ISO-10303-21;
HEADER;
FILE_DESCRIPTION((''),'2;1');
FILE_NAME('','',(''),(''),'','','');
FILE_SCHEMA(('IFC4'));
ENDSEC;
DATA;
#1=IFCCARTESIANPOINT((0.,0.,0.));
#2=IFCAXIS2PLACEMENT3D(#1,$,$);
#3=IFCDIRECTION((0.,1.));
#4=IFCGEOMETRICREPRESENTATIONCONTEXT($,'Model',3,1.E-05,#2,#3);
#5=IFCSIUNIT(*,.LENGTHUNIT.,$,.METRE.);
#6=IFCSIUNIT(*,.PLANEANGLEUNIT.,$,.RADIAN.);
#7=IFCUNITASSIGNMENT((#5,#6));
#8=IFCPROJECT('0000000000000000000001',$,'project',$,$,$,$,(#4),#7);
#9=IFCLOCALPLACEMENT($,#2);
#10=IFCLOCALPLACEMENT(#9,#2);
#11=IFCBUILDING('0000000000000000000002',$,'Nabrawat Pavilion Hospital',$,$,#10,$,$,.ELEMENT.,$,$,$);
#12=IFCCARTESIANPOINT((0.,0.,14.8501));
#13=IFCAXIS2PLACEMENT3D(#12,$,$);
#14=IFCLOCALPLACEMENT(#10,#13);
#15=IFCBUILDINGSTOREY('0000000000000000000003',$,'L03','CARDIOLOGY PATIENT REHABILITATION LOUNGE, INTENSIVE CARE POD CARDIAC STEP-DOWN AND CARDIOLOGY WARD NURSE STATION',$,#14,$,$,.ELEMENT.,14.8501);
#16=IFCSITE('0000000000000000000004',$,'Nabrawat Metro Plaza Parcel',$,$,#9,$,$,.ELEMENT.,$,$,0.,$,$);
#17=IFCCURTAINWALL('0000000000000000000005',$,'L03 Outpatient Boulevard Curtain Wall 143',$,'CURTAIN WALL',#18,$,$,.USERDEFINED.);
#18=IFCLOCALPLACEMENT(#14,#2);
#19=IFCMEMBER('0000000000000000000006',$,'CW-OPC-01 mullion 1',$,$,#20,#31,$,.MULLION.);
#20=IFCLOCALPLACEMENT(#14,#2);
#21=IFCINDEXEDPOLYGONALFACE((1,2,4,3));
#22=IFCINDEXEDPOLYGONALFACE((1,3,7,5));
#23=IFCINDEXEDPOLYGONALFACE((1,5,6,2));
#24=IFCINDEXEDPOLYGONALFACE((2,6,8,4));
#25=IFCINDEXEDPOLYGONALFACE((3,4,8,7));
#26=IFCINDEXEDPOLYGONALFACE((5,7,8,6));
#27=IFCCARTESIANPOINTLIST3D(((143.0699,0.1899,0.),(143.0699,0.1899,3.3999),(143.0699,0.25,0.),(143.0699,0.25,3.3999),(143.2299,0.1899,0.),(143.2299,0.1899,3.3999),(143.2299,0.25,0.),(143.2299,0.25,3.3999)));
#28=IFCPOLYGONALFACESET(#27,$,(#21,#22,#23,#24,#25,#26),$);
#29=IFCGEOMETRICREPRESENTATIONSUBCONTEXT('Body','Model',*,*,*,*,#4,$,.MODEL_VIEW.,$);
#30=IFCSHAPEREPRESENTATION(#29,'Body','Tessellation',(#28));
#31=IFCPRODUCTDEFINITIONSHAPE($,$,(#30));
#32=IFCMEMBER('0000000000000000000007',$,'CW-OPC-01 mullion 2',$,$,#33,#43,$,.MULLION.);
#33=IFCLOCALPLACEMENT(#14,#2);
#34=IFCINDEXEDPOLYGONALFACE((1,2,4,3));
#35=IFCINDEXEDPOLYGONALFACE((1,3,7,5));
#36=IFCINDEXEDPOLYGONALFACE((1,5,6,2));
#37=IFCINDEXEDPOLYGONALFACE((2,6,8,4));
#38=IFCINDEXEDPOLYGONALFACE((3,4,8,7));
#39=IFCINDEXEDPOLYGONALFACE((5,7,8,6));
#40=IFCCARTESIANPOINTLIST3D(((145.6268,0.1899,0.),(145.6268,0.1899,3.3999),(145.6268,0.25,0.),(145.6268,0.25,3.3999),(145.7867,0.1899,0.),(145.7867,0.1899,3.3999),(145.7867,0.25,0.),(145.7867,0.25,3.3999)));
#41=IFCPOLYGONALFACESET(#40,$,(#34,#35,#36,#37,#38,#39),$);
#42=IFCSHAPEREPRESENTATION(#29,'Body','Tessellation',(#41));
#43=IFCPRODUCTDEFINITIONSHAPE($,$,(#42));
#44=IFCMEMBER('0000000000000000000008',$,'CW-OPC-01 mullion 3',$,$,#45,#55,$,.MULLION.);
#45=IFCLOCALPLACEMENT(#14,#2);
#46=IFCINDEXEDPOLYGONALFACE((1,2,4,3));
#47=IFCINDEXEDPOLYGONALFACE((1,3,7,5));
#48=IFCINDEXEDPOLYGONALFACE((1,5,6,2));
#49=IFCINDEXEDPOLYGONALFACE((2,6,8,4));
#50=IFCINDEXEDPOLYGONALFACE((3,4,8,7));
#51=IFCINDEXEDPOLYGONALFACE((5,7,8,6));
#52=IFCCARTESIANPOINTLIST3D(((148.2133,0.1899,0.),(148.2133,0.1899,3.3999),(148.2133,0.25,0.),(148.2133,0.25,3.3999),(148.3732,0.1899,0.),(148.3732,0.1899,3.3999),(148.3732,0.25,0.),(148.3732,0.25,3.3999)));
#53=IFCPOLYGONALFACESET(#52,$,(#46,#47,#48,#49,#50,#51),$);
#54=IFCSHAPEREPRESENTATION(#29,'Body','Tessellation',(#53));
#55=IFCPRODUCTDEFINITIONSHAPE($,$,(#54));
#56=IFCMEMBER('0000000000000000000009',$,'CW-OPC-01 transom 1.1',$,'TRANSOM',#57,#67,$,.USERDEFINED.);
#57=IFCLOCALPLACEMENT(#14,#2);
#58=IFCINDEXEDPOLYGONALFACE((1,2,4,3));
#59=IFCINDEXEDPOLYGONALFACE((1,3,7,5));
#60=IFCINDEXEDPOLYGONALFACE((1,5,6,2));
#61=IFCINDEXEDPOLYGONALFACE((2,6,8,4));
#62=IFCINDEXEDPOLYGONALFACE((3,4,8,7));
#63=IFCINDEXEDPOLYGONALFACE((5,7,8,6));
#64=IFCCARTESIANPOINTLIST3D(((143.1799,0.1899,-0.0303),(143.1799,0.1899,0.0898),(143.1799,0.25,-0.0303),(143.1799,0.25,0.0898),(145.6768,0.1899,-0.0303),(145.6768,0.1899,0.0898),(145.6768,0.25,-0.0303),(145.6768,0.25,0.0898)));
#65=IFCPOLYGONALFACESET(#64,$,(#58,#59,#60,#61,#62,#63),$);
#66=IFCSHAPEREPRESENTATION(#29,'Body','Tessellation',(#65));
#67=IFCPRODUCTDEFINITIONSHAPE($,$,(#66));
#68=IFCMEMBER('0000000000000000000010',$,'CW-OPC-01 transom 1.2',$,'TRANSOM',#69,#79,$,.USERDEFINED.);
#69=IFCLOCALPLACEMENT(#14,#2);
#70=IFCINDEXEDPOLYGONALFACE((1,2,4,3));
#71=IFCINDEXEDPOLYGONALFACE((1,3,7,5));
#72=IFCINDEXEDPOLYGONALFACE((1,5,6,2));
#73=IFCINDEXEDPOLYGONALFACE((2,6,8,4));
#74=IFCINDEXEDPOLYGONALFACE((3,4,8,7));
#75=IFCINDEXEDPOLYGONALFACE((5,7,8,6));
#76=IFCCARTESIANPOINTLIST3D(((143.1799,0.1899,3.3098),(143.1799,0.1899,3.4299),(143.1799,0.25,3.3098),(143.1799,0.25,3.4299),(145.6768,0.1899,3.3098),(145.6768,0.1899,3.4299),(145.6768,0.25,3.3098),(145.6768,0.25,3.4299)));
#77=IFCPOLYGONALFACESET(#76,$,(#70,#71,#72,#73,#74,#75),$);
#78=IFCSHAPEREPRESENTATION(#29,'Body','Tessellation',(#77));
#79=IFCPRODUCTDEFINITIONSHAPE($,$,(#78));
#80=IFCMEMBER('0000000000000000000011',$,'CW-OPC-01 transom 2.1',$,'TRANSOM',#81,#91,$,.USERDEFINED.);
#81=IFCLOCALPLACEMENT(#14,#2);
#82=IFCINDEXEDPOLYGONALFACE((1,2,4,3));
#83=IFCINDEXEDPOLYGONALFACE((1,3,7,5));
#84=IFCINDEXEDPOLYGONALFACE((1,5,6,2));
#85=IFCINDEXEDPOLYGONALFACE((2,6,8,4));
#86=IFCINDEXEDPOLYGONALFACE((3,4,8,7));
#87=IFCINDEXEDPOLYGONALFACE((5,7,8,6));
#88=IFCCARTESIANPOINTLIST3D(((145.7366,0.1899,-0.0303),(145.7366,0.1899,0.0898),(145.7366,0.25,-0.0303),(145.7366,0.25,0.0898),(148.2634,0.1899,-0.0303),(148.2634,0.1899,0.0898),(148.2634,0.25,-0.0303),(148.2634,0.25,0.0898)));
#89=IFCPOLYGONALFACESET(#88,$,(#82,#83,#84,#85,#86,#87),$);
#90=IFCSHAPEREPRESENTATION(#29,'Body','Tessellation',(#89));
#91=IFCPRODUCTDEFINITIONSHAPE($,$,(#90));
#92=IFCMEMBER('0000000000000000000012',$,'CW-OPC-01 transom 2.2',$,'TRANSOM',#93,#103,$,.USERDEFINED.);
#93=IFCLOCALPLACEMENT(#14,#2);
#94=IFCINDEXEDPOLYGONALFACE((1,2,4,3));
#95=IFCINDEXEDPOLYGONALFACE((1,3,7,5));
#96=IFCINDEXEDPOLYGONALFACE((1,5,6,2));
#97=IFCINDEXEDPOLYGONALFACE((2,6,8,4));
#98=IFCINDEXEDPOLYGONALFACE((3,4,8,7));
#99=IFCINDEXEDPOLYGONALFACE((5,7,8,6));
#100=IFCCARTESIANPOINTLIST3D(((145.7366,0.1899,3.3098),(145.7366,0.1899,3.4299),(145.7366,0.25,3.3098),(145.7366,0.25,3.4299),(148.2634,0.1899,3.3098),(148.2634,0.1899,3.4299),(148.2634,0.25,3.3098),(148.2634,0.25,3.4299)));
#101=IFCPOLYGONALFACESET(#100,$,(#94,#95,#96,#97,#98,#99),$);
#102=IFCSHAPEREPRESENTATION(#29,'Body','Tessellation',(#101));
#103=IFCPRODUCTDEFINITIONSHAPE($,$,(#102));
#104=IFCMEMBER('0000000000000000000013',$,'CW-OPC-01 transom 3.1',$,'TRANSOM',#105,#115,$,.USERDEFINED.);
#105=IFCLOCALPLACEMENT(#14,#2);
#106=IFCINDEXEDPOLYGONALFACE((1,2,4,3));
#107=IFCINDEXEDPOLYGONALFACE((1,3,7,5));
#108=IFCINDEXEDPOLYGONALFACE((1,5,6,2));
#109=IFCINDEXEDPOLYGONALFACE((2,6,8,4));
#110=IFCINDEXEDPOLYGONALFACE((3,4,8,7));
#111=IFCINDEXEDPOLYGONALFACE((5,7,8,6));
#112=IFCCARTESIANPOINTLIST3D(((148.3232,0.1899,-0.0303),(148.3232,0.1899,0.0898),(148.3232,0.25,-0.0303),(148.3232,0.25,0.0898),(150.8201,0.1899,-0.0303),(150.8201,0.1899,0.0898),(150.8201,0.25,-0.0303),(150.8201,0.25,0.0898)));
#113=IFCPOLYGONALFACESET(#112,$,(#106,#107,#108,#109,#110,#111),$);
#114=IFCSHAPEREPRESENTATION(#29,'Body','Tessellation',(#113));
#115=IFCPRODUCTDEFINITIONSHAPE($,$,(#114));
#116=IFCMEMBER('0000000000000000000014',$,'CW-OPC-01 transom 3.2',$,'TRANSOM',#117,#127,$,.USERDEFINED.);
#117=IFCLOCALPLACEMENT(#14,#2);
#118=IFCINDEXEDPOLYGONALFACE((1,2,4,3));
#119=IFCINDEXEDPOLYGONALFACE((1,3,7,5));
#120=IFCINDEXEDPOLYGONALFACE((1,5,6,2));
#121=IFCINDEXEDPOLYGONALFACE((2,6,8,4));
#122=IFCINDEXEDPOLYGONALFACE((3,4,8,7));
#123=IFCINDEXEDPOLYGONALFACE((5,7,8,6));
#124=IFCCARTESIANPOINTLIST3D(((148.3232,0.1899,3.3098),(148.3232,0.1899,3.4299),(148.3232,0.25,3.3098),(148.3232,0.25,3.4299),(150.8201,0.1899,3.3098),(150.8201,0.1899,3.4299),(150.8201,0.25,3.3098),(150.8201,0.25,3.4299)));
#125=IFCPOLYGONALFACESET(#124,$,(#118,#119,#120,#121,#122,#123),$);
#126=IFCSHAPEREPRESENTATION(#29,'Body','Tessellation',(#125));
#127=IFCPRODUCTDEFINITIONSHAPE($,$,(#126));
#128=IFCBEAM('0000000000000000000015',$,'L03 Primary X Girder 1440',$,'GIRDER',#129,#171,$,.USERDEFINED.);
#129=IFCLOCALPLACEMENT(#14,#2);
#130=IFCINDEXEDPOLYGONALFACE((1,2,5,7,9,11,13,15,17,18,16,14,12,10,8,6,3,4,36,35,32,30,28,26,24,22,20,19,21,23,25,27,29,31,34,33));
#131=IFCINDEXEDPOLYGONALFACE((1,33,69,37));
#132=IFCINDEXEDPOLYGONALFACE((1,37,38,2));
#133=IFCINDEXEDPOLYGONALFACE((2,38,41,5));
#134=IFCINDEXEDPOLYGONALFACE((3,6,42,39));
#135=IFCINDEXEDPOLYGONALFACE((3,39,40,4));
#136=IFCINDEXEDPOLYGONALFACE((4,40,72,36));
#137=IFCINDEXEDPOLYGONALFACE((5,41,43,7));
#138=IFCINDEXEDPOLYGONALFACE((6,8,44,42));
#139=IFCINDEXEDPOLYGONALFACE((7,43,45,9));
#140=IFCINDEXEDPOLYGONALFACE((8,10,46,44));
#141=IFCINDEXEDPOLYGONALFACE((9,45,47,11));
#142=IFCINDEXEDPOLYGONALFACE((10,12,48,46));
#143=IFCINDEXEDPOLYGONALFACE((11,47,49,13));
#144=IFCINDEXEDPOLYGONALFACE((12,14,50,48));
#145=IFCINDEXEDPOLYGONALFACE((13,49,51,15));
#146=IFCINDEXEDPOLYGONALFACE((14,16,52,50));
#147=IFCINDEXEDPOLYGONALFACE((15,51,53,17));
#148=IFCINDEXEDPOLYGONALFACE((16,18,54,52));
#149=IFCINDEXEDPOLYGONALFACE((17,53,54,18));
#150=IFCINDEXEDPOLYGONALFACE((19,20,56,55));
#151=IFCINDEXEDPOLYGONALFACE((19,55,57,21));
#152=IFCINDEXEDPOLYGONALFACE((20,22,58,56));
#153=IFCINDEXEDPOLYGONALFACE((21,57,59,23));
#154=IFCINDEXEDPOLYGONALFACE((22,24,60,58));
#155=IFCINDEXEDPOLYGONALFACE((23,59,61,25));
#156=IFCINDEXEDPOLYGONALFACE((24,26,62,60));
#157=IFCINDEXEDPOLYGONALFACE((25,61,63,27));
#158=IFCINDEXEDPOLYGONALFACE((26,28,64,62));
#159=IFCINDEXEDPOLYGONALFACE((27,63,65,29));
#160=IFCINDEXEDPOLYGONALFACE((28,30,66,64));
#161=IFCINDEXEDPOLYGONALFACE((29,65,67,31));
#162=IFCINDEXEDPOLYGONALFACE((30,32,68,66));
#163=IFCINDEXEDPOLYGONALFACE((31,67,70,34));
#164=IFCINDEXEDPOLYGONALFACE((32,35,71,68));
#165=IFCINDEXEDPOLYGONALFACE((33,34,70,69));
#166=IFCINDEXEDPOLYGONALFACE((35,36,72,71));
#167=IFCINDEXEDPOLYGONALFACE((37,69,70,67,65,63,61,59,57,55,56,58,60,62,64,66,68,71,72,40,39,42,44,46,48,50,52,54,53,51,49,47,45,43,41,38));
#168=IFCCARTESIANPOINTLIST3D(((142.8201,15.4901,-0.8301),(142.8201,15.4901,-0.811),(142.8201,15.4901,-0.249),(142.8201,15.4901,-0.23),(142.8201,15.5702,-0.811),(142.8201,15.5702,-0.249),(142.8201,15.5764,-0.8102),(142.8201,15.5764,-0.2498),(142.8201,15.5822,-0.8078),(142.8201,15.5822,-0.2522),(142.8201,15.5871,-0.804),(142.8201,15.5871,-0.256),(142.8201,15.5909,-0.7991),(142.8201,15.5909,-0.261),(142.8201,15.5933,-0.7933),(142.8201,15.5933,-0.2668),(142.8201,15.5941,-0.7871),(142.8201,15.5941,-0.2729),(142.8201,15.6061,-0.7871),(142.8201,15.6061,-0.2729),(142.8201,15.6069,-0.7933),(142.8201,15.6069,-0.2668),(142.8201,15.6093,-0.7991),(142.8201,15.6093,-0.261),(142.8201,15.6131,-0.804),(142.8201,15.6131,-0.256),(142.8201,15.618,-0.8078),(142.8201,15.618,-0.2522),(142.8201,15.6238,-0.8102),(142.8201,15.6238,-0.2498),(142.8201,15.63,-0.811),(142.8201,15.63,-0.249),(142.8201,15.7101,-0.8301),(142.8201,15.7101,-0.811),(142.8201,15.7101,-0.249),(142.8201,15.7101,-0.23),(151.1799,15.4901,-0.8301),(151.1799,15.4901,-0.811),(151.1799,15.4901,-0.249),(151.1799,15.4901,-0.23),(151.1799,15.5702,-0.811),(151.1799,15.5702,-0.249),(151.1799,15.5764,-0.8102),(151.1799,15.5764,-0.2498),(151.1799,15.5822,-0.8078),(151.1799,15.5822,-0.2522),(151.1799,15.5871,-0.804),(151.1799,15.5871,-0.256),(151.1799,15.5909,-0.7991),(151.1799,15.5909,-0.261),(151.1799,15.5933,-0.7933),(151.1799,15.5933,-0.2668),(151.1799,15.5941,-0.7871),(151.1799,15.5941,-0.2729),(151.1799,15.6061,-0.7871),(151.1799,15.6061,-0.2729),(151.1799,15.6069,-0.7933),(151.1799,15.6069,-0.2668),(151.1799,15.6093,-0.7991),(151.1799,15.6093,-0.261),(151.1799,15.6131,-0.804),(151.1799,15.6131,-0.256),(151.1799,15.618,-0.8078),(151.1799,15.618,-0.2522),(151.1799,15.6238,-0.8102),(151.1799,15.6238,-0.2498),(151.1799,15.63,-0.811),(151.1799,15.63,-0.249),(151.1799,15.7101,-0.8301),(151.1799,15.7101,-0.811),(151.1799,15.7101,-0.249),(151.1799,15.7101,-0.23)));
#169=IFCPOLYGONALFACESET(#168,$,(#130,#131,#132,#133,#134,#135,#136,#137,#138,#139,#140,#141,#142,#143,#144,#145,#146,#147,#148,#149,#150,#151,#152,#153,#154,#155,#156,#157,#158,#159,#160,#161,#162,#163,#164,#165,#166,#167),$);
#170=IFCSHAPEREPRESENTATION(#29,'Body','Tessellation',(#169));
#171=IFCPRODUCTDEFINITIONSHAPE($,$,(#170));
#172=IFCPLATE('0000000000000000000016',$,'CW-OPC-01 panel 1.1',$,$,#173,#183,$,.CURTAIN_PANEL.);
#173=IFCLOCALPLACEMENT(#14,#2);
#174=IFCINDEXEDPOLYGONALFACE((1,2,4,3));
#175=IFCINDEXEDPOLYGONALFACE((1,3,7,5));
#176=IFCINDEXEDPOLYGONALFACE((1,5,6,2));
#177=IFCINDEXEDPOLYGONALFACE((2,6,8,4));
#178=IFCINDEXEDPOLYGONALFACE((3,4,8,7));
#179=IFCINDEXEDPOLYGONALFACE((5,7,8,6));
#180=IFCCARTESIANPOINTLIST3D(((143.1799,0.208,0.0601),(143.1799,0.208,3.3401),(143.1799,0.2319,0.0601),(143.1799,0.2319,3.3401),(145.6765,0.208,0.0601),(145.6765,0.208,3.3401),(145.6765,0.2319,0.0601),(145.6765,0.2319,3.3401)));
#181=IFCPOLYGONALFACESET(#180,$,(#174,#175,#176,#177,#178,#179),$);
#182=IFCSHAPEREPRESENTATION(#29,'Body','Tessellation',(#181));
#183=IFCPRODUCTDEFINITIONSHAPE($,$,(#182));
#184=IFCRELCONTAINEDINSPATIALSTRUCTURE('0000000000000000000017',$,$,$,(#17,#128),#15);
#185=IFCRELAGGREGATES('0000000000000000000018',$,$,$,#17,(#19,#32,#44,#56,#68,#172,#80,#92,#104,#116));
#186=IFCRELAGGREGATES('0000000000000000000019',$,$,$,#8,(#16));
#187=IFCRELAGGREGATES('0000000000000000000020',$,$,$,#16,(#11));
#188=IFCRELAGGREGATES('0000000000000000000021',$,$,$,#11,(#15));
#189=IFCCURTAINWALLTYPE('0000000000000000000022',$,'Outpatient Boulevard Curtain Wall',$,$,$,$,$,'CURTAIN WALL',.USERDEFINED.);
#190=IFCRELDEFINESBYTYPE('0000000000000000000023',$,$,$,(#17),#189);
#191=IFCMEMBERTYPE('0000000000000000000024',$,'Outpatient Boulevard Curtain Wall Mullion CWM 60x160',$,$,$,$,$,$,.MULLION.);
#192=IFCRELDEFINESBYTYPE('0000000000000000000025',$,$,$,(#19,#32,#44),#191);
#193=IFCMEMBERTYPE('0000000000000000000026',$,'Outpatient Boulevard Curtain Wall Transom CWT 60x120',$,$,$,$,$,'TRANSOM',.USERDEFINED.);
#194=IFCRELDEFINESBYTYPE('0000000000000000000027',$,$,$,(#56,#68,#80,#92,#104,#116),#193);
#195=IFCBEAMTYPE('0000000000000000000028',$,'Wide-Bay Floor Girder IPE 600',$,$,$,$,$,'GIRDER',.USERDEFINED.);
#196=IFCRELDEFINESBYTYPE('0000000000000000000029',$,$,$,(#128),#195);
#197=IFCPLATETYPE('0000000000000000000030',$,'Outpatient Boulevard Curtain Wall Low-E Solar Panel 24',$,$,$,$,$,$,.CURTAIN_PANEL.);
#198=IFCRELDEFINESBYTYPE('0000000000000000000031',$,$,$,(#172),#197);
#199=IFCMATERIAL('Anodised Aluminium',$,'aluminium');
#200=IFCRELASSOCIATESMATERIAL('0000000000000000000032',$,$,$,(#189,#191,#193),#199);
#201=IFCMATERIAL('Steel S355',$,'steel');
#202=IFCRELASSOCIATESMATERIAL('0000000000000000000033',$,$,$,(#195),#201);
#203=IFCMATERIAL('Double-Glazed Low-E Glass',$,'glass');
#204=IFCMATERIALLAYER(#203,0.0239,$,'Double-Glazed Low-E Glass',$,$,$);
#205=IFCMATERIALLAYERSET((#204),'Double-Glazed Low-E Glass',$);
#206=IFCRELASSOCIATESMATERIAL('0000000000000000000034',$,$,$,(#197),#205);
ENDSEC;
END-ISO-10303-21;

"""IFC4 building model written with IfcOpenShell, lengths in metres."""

from ifc_helpers import new_model, si_unit, direction, frame, origin, origin_2d, place, context, subcontext, project, spatial, rectangle, i_section, extrude, material, layer, layer_set, material_profile, profile_set, type_object, element, aggregate, save


model = new_model("IFC4")

# Units and contexts
model_context = context("Model", 3, precision=1e-05, world=origin(), true_north=direction((0.0, 1.0)))
body_context = subcontext(model_context, "Body", "Model", "MODEL_VIEW")
ifc_project = project(units=[si_unit("LENGTHUNIT", "METRE"), si_unit("PLANEANGLEUNIT", "RADIAN")], contexts=[model_context])

# Site, building, storey
site_placement = place(None, origin())
site = spatial("IfcSite", under=ifc_project, at=site_placement, Name="Nabrawat Metro Plaza Parcel", CompositionType="ELEMENT", RefElevation=0.0)
building_placement = place(site_placement, origin())
building = spatial("IfcBuilding", under=site, at=building_placement, Name="Nabrawat Pavilion Hospital", CompositionType="ELEMENT")
storey_placement = place(building_placement, frame((0.0, 0.0, 14.8501)))
storey = spatial("IfcBuildingStorey", under=building, at=storey_placement, Name="L03", Description="CARDIOLOGY PATIENT REHABILITATION LOUNGE, INTENSIVE CARE POD CARDIAC STEP-DOWN AND CARDIOLOGY WARD NURSE STATION", CompositionType="ELEMENT", Elevation=14.8501)

# Curtain wall, members
ifc_material_1 = material(Name="Anodised Aluminium", Category="aluminium")
curtain_wall_type = type_object("IfcCurtainWallType", Name="Outpatient Boulevard Curtain Wall", ElementType="CURTAIN WALL", PredefinedType="USERDEFINED", material=ifc_material_1)
curtain_wall_placement = place(storey_placement, origin())
curtain_wall = element("IfcCurtainWall", 1, at=curtain_wall_placement, inside=storey, type_object=curtain_wall_type, Name="L03 Outpatient Boulevard Curtain Wall 143", ObjectType="CURTAIN WALL", PredefinedType="USERDEFINED")
ifc_material_profile_1 = material_profile(ifc_material_1, rectangle(XDim=0.0601, YDim=0.1599, at=origin_2d()), Name="CWM 60x160")
ifc_profile_set_1 = profile_set([ifc_material_profile_1], Name="Anodised Aluminium")
member_type_1 = type_object("IfcMemberType", Name="Outpatient Boulevard Curtain Wall Mullion CWM 60x160", PredefinedType="MULLION", material=ifc_profile_set_1)
member_1_placement = place(storey_placement, frame((143.1499, 0.22, 0.0), z_axis=(0.0, 0.0, 1.0), x_axis=(0.0, 1.0, 0.0)))
member_1 = element("IfcMember", 2, at=member_1_placement, type_object=member_type_1, Name="CW-OPC-01 mullion 1", PredefinedType="MULLION", context=body_context, shape_type="SweptSolid", body=[
    extrude(rectangle(XDim=0.0601, YDim=0.1599, at=origin_2d()), origin(), (0.0, 0.0, 1.0), 3.3999),
])
member_2_placement = place(storey_placement, frame((145.7068, 0.22, 0.0), z_axis=(0.0, 0.0, 1.0), x_axis=(0.0, 1.0, 0.0)))
member_2 = element("IfcMember", 3, at=member_2_placement, type_object=member_type_1, Name="CW-OPC-01 mullion 2", PredefinedType="MULLION", context=body_context, shape_type="SweptSolid", body=[
    extrude(rectangle(XDim=0.0601, YDim=0.1599, at=origin_2d()), origin(), (0.0, 0.0, 1.0), 3.3999),
])
member_3_placement = place(storey_placement, frame((148.2932, 0.22, 0.0), z_axis=(0.0, 0.0, 1.0), x_axis=(0.0, 1.0, 0.0)))
member_3 = element("IfcMember", 4, at=member_3_placement, type_object=member_type_1, Name="CW-OPC-01 mullion 3", PredefinedType="MULLION", context=body_context, shape_type="SweptSolid", body=[
    extrude(rectangle(XDim=0.0601, YDim=0.1599, at=origin_2d()), origin(), (0.0, 0.0, 1.0), 3.3999),
])
ifc_material_profile_2 = material_profile(ifc_material_1, rectangle(XDim=0.0601, YDim=0.1201, at=origin_2d()), Name="CWT 60x120")
ifc_profile_set_2 = profile_set([ifc_material_profile_2], Name="Anodised Aluminium")
member_type_2 = type_object("IfcMemberType", Name="Outpatient Boulevard Curtain Wall Transom CWT 60x120", ElementType="TRANSOM", PredefinedType="USERDEFINED", material=ifc_profile_set_2)
member_4_placement = place(storey_placement, frame((143.1799, 0.22, 0.0298), z_axis=(1.0, 0.0, 0.0), x_axis=(0.0, 1.0, 0.0)))
member_4 = element("IfcMember", 5, at=member_4_placement, type_object=member_type_2, Name="CW-OPC-01 transom 1.1", ObjectType="TRANSOM", PredefinedType="USERDEFINED", context=body_context, shape_type="SweptSolid", body=[
    extrude(rectangle(XDim=0.0601, YDim=0.1201, at=origin_2d()), origin(), (0.0, 0.0, 1.0), 2.4968),
])
member_5_placement = place(storey_placement, frame((143.1799, 0.22, 3.3699), z_axis=(1.0, 0.0, 0.0), x_axis=(0.0, 1.0, 0.0)))
member_5 = element("IfcMember", 6, at=member_5_placement, type_object=member_type_2, Name="CW-OPC-01 transom 1.2", ObjectType="TRANSOM", PredefinedType="USERDEFINED", context=body_context, shape_type="SweptSolid", body=[
    extrude(rectangle(XDim=0.0601, YDim=0.1201, at=origin_2d()), origin(), (0.0, 0.0, 1.0), 2.4968),
])
member_6_placement = place(storey_placement, frame((145.7366, 0.22, 0.0298), z_axis=(1.0, 0.0, 0.0), x_axis=(0.0, 1.0, 0.0)))
member_6 = element("IfcMember", 7, at=member_6_placement, type_object=member_type_2, Name="CW-OPC-01 transom 2.1", ObjectType="TRANSOM", PredefinedType="USERDEFINED", context=body_context, shape_type="SweptSolid", body=[
    extrude(rectangle(XDim=0.0601, YDim=0.1201, at=origin_2d()), origin(), (0.0, 0.0, 1.0), 2.5269),
])
member_7_placement = place(storey_placement, frame((145.7366, 0.22, 3.3699), z_axis=(1.0, 0.0, 0.0), x_axis=(0.0, 1.0, 0.0)))
member_7 = element("IfcMember", 8, at=member_7_placement, type_object=member_type_2, Name="CW-OPC-01 transom 2.2", ObjectType="TRANSOM", PredefinedType="USERDEFINED", context=body_context, shape_type="SweptSolid", body=[
    extrude(rectangle(XDim=0.0601, YDim=0.1201, at=origin_2d()), origin(), (0.0, 0.0, 1.0), 2.5269),
])
member_8_placement = place(storey_placement, frame((148.3232, 0.22, 0.0298), z_axis=(1.0, 0.0, 0.0), x_axis=(0.0, 1.0, 0.0)))
member_8 = element("IfcMember", 9, at=member_8_placement, type_object=member_type_2, Name="CW-OPC-01 transom 3.1", ObjectType="TRANSOM", PredefinedType="USERDEFINED", context=body_context, shape_type="SweptSolid", body=[
    extrude(rectangle(XDim=0.0601, YDim=0.1201, at=origin_2d()), origin(), (0.0, 0.0, 1.0), 2.4968),
])
member_9_placement = place(storey_placement, frame((148.3232, 0.22, 3.3699), z_axis=(1.0, 0.0, 0.0), x_axis=(0.0, 1.0, 0.0)))
member_9 = element("IfcMember", 10, at=member_9_placement, type_object=member_type_2, Name="CW-OPC-01 transom 3.2", ObjectType="TRANSOM", PredefinedType="USERDEFINED", context=body_context, shape_type="SweptSolid", body=[
    extrude(rectangle(XDim=0.0601, YDim=0.1201, at=origin_2d()), origin(), (0.0, 0.0, 1.0), 2.4968),
])

# Beam
ifc_material_2 = material(Name="Steel S355", Category="steel")
ifc_material_profile_3 = material_profile(ifc_material_2, i_section(OverallWidth=0.22, OverallDepth=0.6001, WebThickness=0.012, FlangeThickness=0.019, FilletRadius=0.0239, at=origin_2d()), Name="IPE 600")
ifc_profile_set_3 = profile_set([ifc_material_profile_3], Name="Steel S355")
beam_type = type_object("IfcBeamType", Name="Wide-Bay Floor Girder IPE 600", ElementType="GIRDER", PredefinedType="USERDEFINED", material=ifc_profile_set_3)
beam_placement = place(storey_placement, frame((142.8201, 15.6001, -0.53), z_axis=(1.0, 0.0, 0.0), x_axis=(0.0, 1.0, 0.0)))
element("IfcBeam", 11, at=beam_placement, inside=storey, type_object=beam_type, Name="L03 Primary X Girder 1440", ObjectType="GIRDER", PredefinedType="USERDEFINED", context=body_context, shape_type="SweptSolid", body=[
    extrude(i_section(OverallWidth=0.22, OverallDepth=0.6001, WebThickness=0.012, FlangeThickness=0.019, FilletRadius=0.0239, at=origin_2d()), origin(), (0.0, 0.0, 1.0), 8.3599),
])

# Plate
ifc_material_3 = material(Name="Double-Glazed Low-E Glass", Category="glass")
ifc_layer_1 = layer(ifc_material_3, 0.0239, Name="Double-Glazed Low-E Glass")
ifc_layer_set_1 = layer_set([ifc_layer_1], Name="Double-Glazed Low-E Glass")
plate_type = type_object("IfcPlateType", Name="Outpatient Boulevard Curtain Wall Low-E Solar Panel 24", PredefinedType="CURTAIN_PANEL", material=ifc_layer_set_1)
plate_1_placement = place(storey_placement, frame((144.4282, 0.22, 0.0601), z_axis=(0.0, 0.0, 1.0), x_axis=(1.0, 0.0, 0.0)))
plate_1 = element("IfcPlate", 12, at=plate_1_placement, type_object=plate_type, Name="CW-OPC-01 panel 1.1", PredefinedType="CURTAIN_PANEL", context=body_context, shape_type="SweptSolid", body=[
    extrude(rectangle(XDim=2.4966, YDim=0.0239, at=origin_2d()), origin(), (0.0, 0.0, 1.0), 3.28),
])
aggregate(curtain_wall, [member_1, member_2, member_3, member_4, member_5, plate_1, member_6, member_7, member_8, member_9])

save(model, "model.ifc")
